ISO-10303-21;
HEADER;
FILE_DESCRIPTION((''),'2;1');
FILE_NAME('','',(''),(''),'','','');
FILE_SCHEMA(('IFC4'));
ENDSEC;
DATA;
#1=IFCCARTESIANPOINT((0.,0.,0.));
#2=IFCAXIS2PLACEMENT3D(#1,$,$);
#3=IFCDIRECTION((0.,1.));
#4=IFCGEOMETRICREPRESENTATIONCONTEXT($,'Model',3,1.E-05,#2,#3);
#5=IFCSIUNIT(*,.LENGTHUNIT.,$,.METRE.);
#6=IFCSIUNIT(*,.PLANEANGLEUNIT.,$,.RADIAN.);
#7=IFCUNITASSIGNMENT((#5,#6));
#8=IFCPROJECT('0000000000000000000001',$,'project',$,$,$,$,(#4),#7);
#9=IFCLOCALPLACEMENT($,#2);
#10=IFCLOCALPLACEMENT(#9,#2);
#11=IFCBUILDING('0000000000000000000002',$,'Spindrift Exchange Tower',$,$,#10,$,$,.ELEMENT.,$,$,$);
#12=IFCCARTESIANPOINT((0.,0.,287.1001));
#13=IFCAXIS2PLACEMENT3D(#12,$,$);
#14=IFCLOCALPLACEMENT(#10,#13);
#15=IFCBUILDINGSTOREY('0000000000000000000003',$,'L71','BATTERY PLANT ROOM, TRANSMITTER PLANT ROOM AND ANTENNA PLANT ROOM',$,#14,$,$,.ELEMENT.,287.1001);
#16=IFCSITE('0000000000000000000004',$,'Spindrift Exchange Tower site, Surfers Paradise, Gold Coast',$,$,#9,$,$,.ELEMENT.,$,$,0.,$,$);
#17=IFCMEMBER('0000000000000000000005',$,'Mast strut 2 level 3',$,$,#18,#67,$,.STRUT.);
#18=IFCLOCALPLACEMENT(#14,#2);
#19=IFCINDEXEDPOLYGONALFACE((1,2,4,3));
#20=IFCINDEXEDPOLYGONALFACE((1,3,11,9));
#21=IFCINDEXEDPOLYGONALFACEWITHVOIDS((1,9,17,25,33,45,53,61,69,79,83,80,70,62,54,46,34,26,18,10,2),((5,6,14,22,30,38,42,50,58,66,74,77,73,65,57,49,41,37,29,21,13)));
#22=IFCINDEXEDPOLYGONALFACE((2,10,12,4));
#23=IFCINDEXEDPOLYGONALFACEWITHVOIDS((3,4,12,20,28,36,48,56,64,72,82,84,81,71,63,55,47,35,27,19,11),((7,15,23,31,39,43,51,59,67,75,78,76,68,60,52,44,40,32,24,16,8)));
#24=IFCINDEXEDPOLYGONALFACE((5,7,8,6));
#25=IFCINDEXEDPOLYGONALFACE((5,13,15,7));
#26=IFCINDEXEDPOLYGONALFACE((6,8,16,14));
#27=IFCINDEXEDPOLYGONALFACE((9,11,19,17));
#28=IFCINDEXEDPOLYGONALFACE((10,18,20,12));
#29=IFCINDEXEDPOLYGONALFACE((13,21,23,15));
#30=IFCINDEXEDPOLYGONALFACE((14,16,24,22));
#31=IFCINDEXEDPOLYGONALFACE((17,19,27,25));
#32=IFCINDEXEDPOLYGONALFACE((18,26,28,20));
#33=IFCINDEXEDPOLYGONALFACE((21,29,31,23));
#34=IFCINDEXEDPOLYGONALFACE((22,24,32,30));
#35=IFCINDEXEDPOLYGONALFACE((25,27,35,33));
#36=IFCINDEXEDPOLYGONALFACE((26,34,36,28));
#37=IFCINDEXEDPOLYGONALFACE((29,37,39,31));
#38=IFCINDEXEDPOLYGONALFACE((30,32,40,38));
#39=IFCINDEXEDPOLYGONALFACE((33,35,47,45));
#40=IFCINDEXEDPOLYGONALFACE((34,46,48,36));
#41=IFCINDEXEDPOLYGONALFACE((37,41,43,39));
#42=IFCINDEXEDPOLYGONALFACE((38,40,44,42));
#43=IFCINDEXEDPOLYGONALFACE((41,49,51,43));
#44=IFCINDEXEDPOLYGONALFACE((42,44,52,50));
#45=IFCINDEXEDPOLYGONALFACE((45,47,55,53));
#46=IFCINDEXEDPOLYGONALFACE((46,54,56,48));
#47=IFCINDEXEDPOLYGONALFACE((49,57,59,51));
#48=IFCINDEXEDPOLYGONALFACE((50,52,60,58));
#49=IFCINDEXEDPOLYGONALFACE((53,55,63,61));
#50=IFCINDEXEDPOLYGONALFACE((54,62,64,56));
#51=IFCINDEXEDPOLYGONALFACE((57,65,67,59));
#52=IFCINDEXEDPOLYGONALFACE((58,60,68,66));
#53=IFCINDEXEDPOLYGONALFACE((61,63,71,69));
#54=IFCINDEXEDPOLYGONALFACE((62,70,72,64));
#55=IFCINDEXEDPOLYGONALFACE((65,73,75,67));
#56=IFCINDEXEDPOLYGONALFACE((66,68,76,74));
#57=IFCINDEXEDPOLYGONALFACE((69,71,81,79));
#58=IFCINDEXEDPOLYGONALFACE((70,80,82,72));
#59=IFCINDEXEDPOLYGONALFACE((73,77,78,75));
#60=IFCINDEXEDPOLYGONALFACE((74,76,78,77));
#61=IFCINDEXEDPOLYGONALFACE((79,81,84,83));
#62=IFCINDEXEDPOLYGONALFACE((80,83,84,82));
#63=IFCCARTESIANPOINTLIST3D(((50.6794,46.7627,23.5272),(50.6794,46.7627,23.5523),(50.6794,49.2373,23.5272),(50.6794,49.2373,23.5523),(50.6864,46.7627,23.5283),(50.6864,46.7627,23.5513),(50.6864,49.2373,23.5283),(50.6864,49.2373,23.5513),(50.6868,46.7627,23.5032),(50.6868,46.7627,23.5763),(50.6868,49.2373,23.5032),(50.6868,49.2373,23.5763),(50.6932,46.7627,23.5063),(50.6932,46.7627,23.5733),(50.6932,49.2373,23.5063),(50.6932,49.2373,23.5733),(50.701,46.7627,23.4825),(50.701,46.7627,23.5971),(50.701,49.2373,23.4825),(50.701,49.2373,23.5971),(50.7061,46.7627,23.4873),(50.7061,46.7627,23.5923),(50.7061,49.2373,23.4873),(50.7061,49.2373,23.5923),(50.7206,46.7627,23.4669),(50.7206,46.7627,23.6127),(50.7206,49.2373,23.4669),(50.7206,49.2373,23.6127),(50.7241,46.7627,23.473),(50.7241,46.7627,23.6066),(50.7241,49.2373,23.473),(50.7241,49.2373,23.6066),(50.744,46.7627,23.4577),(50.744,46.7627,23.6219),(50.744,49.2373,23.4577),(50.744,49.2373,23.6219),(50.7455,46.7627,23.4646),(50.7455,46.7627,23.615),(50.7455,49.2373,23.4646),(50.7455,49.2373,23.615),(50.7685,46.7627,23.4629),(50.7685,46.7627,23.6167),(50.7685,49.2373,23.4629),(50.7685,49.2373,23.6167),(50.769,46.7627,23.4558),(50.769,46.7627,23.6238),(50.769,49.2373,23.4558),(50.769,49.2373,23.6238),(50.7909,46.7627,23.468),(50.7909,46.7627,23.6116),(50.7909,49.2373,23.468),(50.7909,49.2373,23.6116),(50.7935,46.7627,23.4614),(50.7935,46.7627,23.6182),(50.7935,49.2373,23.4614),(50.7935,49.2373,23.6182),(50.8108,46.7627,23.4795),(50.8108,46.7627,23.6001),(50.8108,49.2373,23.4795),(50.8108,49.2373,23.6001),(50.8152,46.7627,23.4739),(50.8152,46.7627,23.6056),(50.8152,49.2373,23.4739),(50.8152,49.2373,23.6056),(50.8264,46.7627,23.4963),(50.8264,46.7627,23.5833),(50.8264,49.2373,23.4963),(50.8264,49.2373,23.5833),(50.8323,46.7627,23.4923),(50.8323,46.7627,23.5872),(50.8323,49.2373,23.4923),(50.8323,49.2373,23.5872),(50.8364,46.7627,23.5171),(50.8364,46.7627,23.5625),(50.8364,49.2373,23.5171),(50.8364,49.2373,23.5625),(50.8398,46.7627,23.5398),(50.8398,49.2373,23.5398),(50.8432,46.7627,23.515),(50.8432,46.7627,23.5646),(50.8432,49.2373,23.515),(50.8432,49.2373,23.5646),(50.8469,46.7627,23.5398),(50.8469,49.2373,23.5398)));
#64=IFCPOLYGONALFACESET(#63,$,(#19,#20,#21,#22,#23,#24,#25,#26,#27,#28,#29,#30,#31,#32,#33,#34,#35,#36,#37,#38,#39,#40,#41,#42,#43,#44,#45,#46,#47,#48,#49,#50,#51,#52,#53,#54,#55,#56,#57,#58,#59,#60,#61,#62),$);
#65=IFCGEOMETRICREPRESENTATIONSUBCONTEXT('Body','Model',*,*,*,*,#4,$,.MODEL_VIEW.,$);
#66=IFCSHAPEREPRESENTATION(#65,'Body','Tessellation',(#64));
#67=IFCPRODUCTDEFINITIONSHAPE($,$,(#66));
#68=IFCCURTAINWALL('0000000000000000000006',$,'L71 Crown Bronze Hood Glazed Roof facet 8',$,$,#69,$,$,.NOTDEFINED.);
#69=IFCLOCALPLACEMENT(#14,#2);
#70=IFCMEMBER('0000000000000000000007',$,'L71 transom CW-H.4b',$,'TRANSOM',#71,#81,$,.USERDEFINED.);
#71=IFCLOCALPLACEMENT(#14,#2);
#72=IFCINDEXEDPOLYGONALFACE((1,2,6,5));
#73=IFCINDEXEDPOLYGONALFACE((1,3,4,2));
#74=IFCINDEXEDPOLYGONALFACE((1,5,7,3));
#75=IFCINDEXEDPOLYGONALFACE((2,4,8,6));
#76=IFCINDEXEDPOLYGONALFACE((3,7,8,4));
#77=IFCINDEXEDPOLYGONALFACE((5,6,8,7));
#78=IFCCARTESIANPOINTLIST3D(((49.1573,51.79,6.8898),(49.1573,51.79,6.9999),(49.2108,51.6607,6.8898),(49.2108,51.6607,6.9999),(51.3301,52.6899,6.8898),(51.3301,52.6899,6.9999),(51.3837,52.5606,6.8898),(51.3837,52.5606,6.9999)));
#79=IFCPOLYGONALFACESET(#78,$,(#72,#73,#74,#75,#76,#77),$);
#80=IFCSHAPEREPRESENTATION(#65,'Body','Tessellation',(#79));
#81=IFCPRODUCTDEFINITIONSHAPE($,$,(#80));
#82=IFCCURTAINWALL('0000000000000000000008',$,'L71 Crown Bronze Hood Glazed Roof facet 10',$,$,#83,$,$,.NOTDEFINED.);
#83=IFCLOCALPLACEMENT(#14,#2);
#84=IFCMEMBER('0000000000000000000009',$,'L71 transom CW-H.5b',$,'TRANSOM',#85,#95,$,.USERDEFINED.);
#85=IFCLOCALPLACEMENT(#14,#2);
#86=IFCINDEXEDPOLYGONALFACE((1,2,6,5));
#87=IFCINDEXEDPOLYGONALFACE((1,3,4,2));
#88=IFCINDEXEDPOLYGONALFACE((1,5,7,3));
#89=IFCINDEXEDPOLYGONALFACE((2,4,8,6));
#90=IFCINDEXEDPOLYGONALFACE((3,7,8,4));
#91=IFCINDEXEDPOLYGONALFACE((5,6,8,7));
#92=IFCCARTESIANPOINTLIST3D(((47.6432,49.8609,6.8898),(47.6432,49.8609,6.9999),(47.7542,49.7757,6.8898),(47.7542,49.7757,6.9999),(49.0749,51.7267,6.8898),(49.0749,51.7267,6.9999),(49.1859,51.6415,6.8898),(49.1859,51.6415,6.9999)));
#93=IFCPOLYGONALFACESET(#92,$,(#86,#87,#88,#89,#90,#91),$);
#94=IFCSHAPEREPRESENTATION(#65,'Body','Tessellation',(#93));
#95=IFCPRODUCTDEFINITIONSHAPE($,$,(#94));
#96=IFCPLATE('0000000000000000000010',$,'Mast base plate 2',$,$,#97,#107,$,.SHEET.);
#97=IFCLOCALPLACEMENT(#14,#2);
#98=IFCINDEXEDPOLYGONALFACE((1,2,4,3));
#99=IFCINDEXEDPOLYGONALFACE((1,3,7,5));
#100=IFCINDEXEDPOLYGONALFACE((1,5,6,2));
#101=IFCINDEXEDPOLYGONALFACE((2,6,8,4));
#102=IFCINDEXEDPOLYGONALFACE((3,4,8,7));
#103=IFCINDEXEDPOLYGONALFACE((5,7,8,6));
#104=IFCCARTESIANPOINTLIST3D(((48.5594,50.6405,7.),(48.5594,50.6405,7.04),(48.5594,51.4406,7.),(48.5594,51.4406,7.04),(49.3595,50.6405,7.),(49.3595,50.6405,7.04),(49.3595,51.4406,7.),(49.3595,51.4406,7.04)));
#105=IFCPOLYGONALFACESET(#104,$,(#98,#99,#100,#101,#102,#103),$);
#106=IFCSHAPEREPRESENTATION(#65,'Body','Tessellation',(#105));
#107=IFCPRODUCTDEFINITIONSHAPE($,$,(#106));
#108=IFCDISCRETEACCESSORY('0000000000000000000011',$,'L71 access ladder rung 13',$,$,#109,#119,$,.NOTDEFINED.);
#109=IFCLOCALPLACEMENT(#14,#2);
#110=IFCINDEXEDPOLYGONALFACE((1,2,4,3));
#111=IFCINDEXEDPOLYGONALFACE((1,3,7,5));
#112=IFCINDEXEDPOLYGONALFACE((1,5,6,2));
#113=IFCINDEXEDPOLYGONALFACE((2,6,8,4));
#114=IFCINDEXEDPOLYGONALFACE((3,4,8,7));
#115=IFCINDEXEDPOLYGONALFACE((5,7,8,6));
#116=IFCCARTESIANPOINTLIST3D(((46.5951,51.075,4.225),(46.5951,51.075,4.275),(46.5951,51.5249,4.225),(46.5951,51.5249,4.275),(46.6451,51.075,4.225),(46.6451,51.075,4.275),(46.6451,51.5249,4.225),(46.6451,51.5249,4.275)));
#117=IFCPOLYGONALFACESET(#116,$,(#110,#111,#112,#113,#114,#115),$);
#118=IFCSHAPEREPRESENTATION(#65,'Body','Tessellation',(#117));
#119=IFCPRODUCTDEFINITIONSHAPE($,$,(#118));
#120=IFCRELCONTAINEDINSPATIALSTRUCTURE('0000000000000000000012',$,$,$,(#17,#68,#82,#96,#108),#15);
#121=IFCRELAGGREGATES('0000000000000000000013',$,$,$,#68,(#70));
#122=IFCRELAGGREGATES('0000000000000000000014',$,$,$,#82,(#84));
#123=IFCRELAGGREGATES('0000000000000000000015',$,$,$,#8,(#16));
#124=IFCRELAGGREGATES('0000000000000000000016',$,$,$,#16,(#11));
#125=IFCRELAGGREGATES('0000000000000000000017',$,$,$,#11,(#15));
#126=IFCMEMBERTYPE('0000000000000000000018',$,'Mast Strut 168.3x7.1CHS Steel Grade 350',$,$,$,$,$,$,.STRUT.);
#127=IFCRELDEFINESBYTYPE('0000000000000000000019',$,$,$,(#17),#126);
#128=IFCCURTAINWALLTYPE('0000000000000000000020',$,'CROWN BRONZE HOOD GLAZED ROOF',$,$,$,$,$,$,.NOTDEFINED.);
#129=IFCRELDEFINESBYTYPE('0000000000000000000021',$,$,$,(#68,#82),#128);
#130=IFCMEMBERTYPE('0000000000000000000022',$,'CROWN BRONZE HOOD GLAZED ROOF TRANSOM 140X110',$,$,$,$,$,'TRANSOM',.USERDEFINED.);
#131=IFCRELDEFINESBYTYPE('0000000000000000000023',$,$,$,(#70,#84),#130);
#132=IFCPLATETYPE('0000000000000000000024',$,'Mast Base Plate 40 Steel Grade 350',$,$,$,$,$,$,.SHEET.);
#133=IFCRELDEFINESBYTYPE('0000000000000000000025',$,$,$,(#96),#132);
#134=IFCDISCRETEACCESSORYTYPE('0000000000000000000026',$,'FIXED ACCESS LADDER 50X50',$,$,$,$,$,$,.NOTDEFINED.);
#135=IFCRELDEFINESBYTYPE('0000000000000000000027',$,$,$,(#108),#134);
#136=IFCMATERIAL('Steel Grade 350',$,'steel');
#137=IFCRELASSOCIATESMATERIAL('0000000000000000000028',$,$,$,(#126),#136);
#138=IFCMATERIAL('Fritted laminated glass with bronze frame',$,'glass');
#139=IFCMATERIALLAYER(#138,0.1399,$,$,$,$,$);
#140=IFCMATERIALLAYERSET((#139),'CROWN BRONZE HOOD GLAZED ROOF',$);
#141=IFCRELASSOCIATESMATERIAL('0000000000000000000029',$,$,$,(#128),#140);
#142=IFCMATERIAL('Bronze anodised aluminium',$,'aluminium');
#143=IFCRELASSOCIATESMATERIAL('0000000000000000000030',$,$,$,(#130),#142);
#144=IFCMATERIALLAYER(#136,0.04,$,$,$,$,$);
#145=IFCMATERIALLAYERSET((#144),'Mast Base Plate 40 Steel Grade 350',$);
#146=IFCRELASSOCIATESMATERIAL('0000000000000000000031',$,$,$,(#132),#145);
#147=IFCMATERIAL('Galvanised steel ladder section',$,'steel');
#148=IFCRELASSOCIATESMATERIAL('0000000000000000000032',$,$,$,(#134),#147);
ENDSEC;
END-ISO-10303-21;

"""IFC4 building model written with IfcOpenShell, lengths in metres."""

from ifc_helpers import new_model, si_unit, direction, frame, origin, origin_2d, place, context, subcontext, project, spatial, rectangle, hollow_circle, extrude, source, transform, mapped, material, layer, layer_set, material_profile, profile_set, type_object, element, aggregate, save


model = new_model("IFC4")

# Units and contexts
model_context = context("Model", 3, precision=1e-05, world=origin(), true_north=direction((0.0, 1.0)))
body_context = subcontext(model_context, "Body", "Model", "MODEL_VIEW")
ifc_project = project(units=[si_unit("LENGTHUNIT", "METRE"), si_unit("PLANEANGLEUNIT", "RADIAN")], contexts=[model_context])

# Site, building, storey
site_placement = place(None, origin())
site = spatial("IfcSite", under=ifc_project, at=site_placement, Name="Spindrift Exchange Tower site, Surfers Paradise, Gold Coast", CompositionType="ELEMENT", RefElevation=0.0)
building_placement = place(site_placement, origin())
building = spatial("IfcBuilding", under=site, at=building_placement, Name="Spindrift Exchange Tower", CompositionType="ELEMENT")
storey_placement = place(building_placement, frame((0.0, 0.0, 287.1001)))
storey = spatial("IfcBuildingStorey", under=building, at=storey_placement, Name="L71", Description="BATTERY PLANT ROOM, TRANSMITTER PLANT ROOM AND ANTENNA PLANT ROOM", CompositionType="ELEMENT", Elevation=287.1001)

# Member
ifc_material_1 = material(Name="Steel Grade 350", Category="steel")
ifc_material_profile_1 = material_profile(ifc_material_1, hollow_circle(Radius=0.0842, WallThickness=0.0071, at=origin_2d()), Name="168.3x7.1CHS")
ifc_profile_set_1 = profile_set([ifc_material_profile_1], Name="Steel Grade 350")
member_type_1 = type_object("IfcMemberType", Name="Mast Strut 168.3x7.1CHS Steel Grade 350", PredefinedType="STRUT", material=ifc_profile_set_1)
shared_shape_1 = source(origin(), body_context, "Body", "SweptSolid", [
    extrude(hollow_circle(Radius=0.0842, WallThickness=0.0071, at=origin_2d()), origin(), (0.0, 0.0, 1.0), 2.4746),
])
member_1_placement = place(storey_placement, frame((50.7627, 49.2373, 23.5398), z_axis=(0.0, -1.0, 0.0), x_axis=(1.0, 0.0, 0.0)))
element("IfcMember", 1, at=member_1_placement, inside=storey, type_object=member_type_1, Name="Mast strut 2 level 3", PredefinedType="STRUT", context=body_context, shape_type="MappedRepresentation", body=[
    mapped(shared_shape_1, transform((0.0, 0.0, 0.0), scale=1.0)),
])

# Curtain walls, members
ifc_material_2 = material(Name="Fritted laminated glass with bronze frame", Category="glass")
ifc_layer_1 = layer(ifc_material_2, 0.1399)
ifc_layer_set_1 = layer_set([ifc_layer_1], Name="CROWN BRONZE HOOD GLAZED ROOF")
curtain_wall_type = type_object("IfcCurtainWallType", Name="CROWN BRONZE HOOD GLAZED ROOF", PredefinedType="NOTDEFINED", material=ifc_layer_set_1)
curtain_wall_1_placement = place(storey_placement, origin())
curtain_wall_1 = element("IfcCurtainWall", 2, at=curtain_wall_1_placement, inside=storey, type_object=curtain_wall_type, Name="L71 Crown Bronze Hood Glazed Roof facet 8", PredefinedType="NOTDEFINED")
ifc_material_3 = material(Name="Bronze anodised aluminium", Category="aluminium")
ifc_material_profile_2 = material_profile(ifc_material_3, rectangle(XDim=0.1399, YDim=0.1101, at=origin_2d()), Name="CROWN BRONZE HOOD GLAZED ROOF TRANSOM 140X110")
ifc_profile_set_2 = profile_set([ifc_material_profile_2], Name="Bronze anodised aluminium")
member_type_2 = type_object("IfcMemberType", Name="CROWN BRONZE HOOD GLAZED ROOF TRANSOM 140X110", ElementType="TRANSOM", PredefinedType="USERDEFINED", material=ifc_profile_set_2)
shared_shape_2 = source(origin(), body_context, "Body", "SweptSolid", [
    extrude(rectangle(XDim=0.1399, YDim=0.1101, at=origin_2d()), origin(), (0.0, 0.0, 1.0), 2.3518),
])
member_2_placement = place(storey_placement, frame((49.1841, 51.7253, 6.9448), z_axis=(0.923898, 0.382639, 0.0), x_axis=(-0.382639, 0.923898, 0.0)))
member_2 = element("IfcMember", 3, at=member_2_placement, type_object=member_type_2, Name="L71 transom CW-H.4b", ObjectType="TRANSOM", PredefinedType="USERDEFINED", context=body_context, shape_type="MappedRepresentation", body=[
    mapped(shared_shape_2, transform((0.0, 0.0, 0.0), scale=1.0)),
])
aggregate(curtain_wall_1, [member_2])
curtain_wall_2_placement = place(storey_placement, origin())
curtain_wall_2 = element("IfcCurtainWall", 4, at=curtain_wall_2_placement, inside=storey, type_object=curtain_wall_type, Name="L71 Crown Bronze Hood Glazed Roof facet 10", PredefinedType="NOTDEFINED")
member_3_placement = place(storey_placement, frame((49.1304, 51.6841, 6.9448), z_axis=(-0.608767, -0.793349, 0.0), x_axis=(0.793349, -0.608767, 0.0)))
member_3 = element("IfcMember", 5, at=member_3_placement, type_object=member_type_2, Name="L71 transom CW-H.5b", ObjectType="TRANSOM", PredefinedType="USERDEFINED", context=body_context, shape_type="MappedRepresentation", body=[
    mapped(shared_shape_2, transform((0.0, 0.0, 0.0), scale=1.0)),
])
aggregate(curtain_wall_2, [member_3])

# Plate
ifc_layer_2 = layer(ifc_material_1, 0.04)
ifc_layer_set_2 = layer_set([ifc_layer_2], Name="Mast Base Plate 40 Steel Grade 350")
plate_type = type_object("IfcPlateType", Name="Mast Base Plate 40 Steel Grade 350", PredefinedType="SHEET", material=ifc_layer_set_2)
shared_shape_3 = source(origin(), body_context, "Body", "SweptSolid", [
    extrude(rectangle(XDim=0.8, YDim=0.8, at=origin_2d()), origin(), (0.0, 0.0, 1.0), 0.04),
])
plate_placement = place(storey_placement, frame((48.9595, 51.0405, 7.0), z_axis=(0.0, 0.0, 1.0), x_axis=(1.0, 0.0, 0.0)))
element("IfcPlate", 6, at=plate_placement, inside=storey, type_object=plate_type, Name="Mast base plate 2", PredefinedType="SHEET", context=body_context, shape_type="MappedRepresentation", body=[
    mapped(shared_shape_3, transform((0.0, 0.0, 0.0), scale=1.0)),
])

# Discrete accessory
ifc_material_4 = material(Name="Galvanised steel ladder section", Category="steel")
ifc_material_profile_3 = material_profile(ifc_material_4, rectangle(XDim=0.05, YDim=0.05, at=origin_2d()), Name="FIXED ACCESS LADDER 50X50")
ifc_profile_set_3 = profile_set([ifc_material_profile_3], Name="Galvanised steel ladder section")
discrete_accessory_type = type_object("IfcDiscreteAccessoryType", Name="FIXED ACCESS LADDER 50X50", PredefinedType="NOTDEFINED", material=ifc_profile_set_3)
shared_shape_4 = source(origin(), body_context, "Body", "SweptSolid", [
    extrude(rectangle(XDim=0.05, YDim=0.05, at=origin_2d()), origin(), (0.0, 0.0, 1.0), 0.45),
])
discrete_accessory_placement = place(storey_placement, frame((46.6201, 51.075, 4.25), z_axis=(0.0, 1.0, 0.0), x_axis=(-1.0, 0.0, 0.0)))
element("IfcDiscreteAccessory", 7, at=discrete_accessory_placement, inside=storey, type_object=discrete_accessory_type, Name="L71 access ladder rung 13", PredefinedType="NOTDEFINED", context=body_context, shape_type="MappedRepresentation", body=[
    mapped(shared_shape_4, transform((0.0, 0.0, 0.0), scale=1.0)),
])

save(model, "model.ifc")
